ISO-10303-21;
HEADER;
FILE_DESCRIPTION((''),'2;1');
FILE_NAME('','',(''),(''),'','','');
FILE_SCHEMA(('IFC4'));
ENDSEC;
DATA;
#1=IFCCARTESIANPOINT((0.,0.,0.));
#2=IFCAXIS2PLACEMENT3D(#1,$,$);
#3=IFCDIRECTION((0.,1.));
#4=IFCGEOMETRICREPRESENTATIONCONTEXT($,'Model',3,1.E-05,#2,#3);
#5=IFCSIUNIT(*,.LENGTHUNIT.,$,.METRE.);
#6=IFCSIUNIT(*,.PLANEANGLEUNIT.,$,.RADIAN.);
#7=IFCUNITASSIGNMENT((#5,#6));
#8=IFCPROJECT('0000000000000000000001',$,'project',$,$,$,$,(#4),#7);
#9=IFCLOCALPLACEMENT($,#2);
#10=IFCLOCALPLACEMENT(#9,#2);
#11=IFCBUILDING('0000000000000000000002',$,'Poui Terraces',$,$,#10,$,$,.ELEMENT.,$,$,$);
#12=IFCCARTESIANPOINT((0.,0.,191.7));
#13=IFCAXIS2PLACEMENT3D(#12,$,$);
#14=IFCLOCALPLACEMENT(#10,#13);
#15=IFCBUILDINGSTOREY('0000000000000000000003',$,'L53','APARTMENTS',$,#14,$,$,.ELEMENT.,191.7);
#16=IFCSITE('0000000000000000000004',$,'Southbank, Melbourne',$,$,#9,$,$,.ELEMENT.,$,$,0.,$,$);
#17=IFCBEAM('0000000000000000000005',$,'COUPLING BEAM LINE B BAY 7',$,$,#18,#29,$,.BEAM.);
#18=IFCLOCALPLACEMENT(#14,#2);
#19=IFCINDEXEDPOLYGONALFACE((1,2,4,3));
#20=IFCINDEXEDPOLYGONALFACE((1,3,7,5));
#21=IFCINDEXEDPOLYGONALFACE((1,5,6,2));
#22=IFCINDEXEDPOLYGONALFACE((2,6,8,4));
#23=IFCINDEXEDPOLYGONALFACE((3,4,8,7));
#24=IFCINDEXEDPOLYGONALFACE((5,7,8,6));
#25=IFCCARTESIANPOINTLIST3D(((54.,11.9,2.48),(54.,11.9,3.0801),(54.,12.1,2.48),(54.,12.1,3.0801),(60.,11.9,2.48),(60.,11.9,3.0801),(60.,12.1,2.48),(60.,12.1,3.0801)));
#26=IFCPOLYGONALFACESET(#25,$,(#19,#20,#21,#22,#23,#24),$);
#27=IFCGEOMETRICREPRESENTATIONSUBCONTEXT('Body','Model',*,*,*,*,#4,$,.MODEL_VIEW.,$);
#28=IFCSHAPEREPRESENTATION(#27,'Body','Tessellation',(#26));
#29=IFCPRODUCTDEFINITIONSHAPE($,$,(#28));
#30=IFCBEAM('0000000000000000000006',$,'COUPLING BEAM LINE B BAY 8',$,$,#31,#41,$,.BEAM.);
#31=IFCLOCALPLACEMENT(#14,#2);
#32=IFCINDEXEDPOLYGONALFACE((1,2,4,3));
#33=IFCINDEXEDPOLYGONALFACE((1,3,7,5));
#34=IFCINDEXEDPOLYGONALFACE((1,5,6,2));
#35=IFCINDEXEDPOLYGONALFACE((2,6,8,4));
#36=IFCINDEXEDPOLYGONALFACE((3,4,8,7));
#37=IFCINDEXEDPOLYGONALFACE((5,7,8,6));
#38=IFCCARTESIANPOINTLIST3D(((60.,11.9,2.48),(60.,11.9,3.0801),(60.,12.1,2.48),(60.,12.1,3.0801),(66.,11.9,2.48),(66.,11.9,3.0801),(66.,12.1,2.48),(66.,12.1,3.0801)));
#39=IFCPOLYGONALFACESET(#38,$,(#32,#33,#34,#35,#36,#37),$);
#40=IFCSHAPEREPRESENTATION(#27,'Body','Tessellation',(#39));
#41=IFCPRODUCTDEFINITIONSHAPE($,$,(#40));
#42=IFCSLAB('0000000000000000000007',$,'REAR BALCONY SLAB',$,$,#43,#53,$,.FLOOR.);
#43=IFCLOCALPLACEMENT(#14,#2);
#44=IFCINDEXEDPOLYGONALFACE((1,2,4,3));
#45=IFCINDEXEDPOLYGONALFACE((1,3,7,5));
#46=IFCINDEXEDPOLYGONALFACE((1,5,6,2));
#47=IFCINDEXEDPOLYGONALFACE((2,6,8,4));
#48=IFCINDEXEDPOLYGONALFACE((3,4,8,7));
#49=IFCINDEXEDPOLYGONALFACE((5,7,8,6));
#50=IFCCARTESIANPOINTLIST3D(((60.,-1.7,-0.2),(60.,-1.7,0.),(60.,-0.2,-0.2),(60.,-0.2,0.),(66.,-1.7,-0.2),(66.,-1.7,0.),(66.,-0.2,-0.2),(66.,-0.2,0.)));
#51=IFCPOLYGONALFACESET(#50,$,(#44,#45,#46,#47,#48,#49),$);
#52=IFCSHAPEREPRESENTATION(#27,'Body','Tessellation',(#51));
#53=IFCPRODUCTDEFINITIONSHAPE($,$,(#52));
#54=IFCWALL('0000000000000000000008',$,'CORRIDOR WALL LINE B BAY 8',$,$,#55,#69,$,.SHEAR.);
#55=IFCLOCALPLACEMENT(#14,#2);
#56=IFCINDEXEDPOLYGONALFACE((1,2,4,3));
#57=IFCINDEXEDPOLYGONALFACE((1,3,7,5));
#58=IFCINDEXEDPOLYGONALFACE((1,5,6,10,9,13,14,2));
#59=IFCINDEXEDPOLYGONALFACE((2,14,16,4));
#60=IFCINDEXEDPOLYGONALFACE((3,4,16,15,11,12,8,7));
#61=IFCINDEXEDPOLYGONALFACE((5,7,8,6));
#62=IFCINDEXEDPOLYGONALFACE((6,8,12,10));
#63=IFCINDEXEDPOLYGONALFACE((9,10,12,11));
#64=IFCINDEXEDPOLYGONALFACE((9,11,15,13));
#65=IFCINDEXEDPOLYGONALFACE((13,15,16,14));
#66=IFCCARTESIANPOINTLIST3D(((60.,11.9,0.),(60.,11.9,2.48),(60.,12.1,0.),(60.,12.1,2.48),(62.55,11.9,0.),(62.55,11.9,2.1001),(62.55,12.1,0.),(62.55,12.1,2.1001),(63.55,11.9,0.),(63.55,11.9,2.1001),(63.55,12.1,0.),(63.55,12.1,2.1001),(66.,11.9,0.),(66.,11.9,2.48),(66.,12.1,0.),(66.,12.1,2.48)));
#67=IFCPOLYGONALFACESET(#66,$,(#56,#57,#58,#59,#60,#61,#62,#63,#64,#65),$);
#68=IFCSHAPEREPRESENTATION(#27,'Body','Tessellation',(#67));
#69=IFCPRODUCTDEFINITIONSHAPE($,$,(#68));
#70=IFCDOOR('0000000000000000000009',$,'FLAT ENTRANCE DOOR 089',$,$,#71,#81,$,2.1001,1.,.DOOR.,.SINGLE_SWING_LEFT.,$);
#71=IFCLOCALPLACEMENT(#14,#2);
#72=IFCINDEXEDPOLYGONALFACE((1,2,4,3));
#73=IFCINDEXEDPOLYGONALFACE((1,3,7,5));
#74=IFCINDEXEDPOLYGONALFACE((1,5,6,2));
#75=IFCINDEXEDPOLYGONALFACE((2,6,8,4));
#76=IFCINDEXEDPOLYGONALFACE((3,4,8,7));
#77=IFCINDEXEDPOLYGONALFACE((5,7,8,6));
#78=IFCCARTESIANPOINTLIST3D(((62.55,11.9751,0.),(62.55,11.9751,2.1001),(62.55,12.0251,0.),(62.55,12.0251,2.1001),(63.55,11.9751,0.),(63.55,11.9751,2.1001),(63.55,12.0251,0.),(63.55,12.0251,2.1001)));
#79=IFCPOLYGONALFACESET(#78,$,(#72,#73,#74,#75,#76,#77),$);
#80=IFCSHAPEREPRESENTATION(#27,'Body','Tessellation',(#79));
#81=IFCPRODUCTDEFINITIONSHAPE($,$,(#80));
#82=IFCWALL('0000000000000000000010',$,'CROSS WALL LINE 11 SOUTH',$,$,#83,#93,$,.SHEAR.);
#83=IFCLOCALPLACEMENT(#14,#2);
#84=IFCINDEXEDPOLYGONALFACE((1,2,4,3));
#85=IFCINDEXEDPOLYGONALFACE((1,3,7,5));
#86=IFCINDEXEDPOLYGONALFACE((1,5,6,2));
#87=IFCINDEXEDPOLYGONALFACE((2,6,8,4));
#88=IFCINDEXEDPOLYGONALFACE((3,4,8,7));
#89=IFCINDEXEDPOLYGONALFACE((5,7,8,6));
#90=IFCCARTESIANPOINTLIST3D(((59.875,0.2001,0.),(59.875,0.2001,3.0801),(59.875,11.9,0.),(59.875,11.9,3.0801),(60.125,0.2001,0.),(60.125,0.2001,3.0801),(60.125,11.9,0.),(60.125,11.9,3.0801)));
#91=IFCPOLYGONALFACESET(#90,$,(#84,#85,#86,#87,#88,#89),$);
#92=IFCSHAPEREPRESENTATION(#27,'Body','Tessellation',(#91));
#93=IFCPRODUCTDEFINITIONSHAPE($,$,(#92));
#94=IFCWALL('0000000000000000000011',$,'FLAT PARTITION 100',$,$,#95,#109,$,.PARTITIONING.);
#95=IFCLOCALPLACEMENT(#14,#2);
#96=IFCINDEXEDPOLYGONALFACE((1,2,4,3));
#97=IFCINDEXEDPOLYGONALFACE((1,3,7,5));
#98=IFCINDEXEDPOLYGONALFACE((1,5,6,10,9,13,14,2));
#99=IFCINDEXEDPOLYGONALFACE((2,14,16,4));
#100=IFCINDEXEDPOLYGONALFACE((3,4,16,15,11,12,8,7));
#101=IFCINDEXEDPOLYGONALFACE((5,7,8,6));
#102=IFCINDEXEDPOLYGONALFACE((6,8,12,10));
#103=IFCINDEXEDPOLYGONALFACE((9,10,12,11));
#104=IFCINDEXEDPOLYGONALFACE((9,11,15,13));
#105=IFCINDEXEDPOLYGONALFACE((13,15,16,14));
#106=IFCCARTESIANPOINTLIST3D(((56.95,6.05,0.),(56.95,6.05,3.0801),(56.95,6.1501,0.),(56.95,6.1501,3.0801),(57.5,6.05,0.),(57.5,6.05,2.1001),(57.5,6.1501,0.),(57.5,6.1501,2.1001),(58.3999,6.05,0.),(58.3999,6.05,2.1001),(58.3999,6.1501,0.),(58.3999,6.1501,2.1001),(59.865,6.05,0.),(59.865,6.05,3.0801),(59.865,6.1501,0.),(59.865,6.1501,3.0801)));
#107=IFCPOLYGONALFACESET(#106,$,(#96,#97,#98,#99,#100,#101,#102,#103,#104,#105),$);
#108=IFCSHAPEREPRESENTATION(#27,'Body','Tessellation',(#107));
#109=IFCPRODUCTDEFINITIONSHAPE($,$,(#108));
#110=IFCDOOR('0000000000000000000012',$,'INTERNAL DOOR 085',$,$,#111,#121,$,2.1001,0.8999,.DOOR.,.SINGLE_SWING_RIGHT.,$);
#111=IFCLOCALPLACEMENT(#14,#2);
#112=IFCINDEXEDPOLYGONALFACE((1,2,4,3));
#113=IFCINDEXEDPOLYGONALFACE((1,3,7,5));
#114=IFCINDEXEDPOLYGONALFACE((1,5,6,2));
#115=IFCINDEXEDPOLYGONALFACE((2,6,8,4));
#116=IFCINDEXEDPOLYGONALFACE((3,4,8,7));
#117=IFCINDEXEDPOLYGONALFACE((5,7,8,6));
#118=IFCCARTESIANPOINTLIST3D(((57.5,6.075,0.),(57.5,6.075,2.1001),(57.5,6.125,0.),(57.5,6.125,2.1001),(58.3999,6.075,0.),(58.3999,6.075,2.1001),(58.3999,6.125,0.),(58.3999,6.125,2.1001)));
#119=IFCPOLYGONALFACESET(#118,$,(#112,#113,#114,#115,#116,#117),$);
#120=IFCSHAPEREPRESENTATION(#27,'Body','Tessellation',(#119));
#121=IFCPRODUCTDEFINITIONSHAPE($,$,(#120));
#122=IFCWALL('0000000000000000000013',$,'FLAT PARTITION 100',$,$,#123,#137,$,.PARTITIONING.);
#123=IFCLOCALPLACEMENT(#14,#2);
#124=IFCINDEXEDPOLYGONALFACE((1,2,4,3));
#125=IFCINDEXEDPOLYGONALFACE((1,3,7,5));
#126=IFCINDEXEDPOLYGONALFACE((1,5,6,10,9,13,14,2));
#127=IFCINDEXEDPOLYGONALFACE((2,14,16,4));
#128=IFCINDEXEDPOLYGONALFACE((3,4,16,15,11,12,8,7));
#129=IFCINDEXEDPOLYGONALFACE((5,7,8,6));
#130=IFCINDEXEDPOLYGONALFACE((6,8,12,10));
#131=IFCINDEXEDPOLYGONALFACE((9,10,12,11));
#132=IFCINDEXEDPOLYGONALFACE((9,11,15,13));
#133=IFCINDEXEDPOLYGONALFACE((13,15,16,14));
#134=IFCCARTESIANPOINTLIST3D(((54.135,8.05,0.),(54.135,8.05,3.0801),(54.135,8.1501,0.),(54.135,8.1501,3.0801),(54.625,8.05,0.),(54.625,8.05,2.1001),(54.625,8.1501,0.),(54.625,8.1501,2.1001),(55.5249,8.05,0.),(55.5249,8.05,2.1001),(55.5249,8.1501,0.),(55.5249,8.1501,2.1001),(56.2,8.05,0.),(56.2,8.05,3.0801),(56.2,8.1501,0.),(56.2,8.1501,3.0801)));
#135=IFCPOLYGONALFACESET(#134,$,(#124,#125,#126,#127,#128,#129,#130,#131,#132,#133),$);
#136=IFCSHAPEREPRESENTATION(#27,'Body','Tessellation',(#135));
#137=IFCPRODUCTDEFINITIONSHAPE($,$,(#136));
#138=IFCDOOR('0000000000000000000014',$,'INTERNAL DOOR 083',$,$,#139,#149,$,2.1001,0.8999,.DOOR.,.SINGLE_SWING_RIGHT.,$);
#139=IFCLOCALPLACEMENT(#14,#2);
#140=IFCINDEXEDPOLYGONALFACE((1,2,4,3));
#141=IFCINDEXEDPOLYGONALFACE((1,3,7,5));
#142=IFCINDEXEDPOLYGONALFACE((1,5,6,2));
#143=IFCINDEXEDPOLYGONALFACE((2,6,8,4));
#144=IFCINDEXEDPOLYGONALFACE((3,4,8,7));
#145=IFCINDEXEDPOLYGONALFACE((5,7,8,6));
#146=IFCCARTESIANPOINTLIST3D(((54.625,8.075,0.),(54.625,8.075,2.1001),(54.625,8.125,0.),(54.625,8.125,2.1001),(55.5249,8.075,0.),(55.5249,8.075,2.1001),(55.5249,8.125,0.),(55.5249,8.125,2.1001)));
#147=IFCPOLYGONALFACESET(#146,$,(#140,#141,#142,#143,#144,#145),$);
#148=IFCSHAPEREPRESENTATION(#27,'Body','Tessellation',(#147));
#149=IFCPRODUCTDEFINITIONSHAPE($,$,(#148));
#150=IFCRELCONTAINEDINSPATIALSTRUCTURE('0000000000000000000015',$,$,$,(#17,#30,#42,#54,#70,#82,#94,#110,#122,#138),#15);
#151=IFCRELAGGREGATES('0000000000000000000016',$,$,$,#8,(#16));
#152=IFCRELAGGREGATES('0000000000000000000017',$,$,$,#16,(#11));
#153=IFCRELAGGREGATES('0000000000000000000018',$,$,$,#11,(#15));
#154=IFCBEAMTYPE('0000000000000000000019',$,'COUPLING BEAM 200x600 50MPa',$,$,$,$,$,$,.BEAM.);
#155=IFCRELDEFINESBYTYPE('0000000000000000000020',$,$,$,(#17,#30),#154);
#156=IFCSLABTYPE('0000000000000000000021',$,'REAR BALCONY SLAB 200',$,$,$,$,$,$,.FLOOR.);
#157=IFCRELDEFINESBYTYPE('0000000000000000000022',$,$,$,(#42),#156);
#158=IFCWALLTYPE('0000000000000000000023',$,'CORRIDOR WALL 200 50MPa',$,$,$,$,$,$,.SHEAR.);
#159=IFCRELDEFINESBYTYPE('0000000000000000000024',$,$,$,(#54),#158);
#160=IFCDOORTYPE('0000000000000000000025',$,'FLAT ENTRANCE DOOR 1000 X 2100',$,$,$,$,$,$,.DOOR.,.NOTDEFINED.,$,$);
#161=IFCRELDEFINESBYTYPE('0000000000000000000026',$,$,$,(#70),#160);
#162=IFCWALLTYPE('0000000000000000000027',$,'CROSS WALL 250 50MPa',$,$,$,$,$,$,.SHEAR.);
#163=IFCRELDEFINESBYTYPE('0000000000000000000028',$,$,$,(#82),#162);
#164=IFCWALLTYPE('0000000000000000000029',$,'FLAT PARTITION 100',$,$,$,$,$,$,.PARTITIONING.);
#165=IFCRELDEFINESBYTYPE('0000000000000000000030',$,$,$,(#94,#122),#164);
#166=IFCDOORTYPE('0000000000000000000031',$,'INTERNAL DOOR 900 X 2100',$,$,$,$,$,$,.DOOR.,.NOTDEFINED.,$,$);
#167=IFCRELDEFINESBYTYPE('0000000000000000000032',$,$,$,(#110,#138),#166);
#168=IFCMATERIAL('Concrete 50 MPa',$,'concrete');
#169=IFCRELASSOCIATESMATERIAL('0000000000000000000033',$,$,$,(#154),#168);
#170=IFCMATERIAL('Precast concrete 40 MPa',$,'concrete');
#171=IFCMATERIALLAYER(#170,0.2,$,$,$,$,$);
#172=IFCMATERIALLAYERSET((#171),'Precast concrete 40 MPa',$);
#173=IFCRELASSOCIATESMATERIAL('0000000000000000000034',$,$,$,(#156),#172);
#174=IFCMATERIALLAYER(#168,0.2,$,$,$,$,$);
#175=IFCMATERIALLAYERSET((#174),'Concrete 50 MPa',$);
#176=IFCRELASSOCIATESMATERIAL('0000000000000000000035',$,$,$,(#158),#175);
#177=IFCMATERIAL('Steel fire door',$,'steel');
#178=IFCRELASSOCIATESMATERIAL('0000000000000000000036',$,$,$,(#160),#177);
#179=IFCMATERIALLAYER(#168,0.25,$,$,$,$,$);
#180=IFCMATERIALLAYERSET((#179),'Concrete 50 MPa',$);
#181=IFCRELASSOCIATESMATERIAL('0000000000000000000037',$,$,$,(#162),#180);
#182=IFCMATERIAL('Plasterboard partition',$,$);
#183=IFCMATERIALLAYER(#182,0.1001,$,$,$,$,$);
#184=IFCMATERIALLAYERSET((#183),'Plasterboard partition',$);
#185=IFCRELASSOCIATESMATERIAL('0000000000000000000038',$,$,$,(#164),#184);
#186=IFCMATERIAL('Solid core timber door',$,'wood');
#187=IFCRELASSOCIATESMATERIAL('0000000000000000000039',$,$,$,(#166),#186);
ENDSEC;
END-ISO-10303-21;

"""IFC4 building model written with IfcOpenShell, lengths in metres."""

from ifc_helpers import new_model, si_unit, direction, frame, frame_2d, origin, origin_2d, place, context, subcontext, project, spatial, polyline, rectangle, outline, extrude, source, transform, mapped, material, layer, layer_set, material_profile, profile_set, type_object, element, fill, save


model = new_model("IFC4")

# Units and contexts
model_context = context("Model", 3, precision=1e-05, world=origin(), true_north=direction((0.0, 1.0)))
body_context = subcontext(model_context, "Body", "Model", "MODEL_VIEW")
ifc_project = project(units=[si_unit("LENGTHUNIT", "METRE"), si_unit("PLANEANGLEUNIT", "RADIAN")], contexts=[model_context])

# Site, building, storey
site_placement = place(None, origin())
site = spatial("IfcSite", under=ifc_project, at=site_placement, Name="Southbank, Melbourne", CompositionType="ELEMENT", RefElevation=0.0)
building_placement = place(site_placement, origin())
building = spatial("IfcBuilding", under=site, at=building_placement, Name="Poui Terraces", CompositionType="ELEMENT")
storey_placement = place(building_placement, frame((0.0, 0.0, 191.7)))
storey = spatial("IfcBuildingStorey", under=building, at=storey_placement, Name="L53", Description="APARTMENTS", CompositionType="ELEMENT", Elevation=191.7)

# Beams
ifc_material_1 = material(Name="Concrete 50 MPa", Category="concrete")
ifc_material_profile_1 = material_profile(ifc_material_1, rectangle(XDim=0.2, YDim=0.6001, at=origin_2d()), Name="RC 200x600")
ifc_profile_set_1 = profile_set([ifc_material_profile_1], Name="Concrete 50 MPa")
beam_type = type_object("IfcBeamType", Name="COUPLING BEAM 200x600 50MPa", PredefinedType="BEAM", material=ifc_profile_set_1)
shared_shape_1 = source(origin(), body_context, "Body", "SweptSolid", [
    extrude(rectangle(XDim=0.2, YDim=0.6001, at=origin_2d()), origin(), (0.0, 0.0, 1.0), 6.0),
])
for number, where, z_axis, x_axis, name in (
    (1, (54.0, 12.0, 2.78), (1.0, 0.0, 0.0), (0.0, 1.0, 0.0), "COUPLING BEAM LINE B BAY 7"),
    (2, (60.0, 12.0, 2.78), (1.0, 0.0, 0.0), (0.0, 1.0, 0.0), "COUPLING BEAM LINE B BAY 8"),
):
    element("IfcBeam", number, at=place(storey_placement, frame(where, z_axis=z_axis, x_axis=x_axis)), inside=storey, type_object=beam_type, Name=name, PredefinedType="BEAM", context=body_context, shape_type="MappedRepresentation", body=[
        mapped(shared_shape_1, transform((0.0, 0.0, 0.0))),
    ])

# Slab
ifc_material_2 = material(Name="Precast concrete 40 MPa", Category="concrete")
ifc_layer_1 = layer(ifc_material_2, 0.2)
ifc_layer_set_1 = layer_set([ifc_layer_1], Name="Precast concrete 40 MPa")
slab_type = type_object("IfcSlabType", Name="REAR BALCONY SLAB 200", PredefinedType="FLOOR", material=ifc_layer_set_1)
shared_shape_2 = source(origin(), body_context, "Body", "SweptSolid", [
    extrude(outline(polyline([(0.0, 0.0), (6.0, 0.0), (6.0, 1.5), (0.0, 1.5), (0.0, 0.0)])), origin(), (0.0, 0.0, 1.0), 0.2),
])
slab_placement = place(storey_placement, frame((60.0, -1.7, -0.2)))
element("IfcSlab", 3, at=slab_placement, inside=storey, type_object=slab_type, Name="REAR BALCONY SLAB", PredefinedType="FLOOR", context=body_context, shape_type="MappedRepresentation", body=[
    mapped(shared_shape_2, transform((0.0, 0.0, 0.0))),
])

# Wall, opening, door
ifc_layer_2 = layer(ifc_material_1, 0.2)
ifc_layer_set_2 = layer_set([ifc_layer_2], Name="Concrete 50 MPa")
wall_type_1 = type_object("IfcWallType", Name="CORRIDOR WALL 200 50MPa", PredefinedType="SHEAR", material=ifc_layer_set_2)
wall_1_placement = place(storey_placement, frame((60.0, 12.0, 0.0), z_axis=(0.0, 0.0, 1.0), x_axis=(1.0, 0.0, 0.0)))
wall_1 = element("IfcWall", 4, at=wall_1_placement, inside=storey, type_object=wall_type_1, Name="CORRIDOR WALL LINE B BAY 8", PredefinedType="SHEAR", context=body_context, shape_type="SweptSolid", body=[
    extrude(rectangle(XDim=6.0, YDim=0.2, at=frame_2d((3.0, 0.0))), origin(), (0.0, 0.0, 1.0), 2.48),
])
opening_1_placement = place(wall_1_placement, frame((2.55, 0.0, 0.0)))
opening_1 = element("IfcOpeningElement", 5, at=opening_1_placement, cuts=wall_1, PredefinedType="OPENING", context=body_context, shape_type="SweptSolid", body=[
    extrude(rectangle(XDim=1.0, YDim=2.1001, at=frame_2d((0.5, 1.05))), frame((0.0, 0.1099, 0.0), z_axis=(0.0, -1.0, 0.0), x_axis=(1.0, 0.0, 0.0)), (0.0, 0.0, 1.0), 0.22),
])
ifc_material_3 = material(Name="Steel fire door", Category="steel")
door_type_1 = type_object("IfcDoorType", Name="FLAT ENTRANCE DOOR 1000 X 2100", OperationType="NOTDEFINED", PredefinedType="DOOR", material=ifc_material_3)
door_1_placement = place(opening_1_placement, frame((1.0, 0.0, 0.0), z_axis=(0.0, 0.0, 1.0), x_axis=(-1.0, 0.0, 0.0)))
door_1 = element("IfcDoor", 6, at=door_1_placement, inside=storey, type_object=door_type_1, Name="FLAT ENTRANCE DOOR 089", OperationType="SINGLE_SWING_LEFT", OverallHeight=2.1001, OverallWidth=1.0, PredefinedType="DOOR", context=body_context, shape_type="SweptSolid", body=[
    extrude(rectangle(XDim=1.0, YDim=2.1001, at=frame_2d((0.5, 1.05))), frame((0.0, 0.0249, 0.0), z_axis=(0.0, -1.0, 0.0), x_axis=(1.0, 0.0, 0.0)), (0.0, 0.0, 1.0), 0.05),
])
fill(opening_1, door_1)

# Wall
ifc_layer_3 = layer(ifc_material_1, 0.25)
ifc_layer_set_3 = layer_set([ifc_layer_3], Name="Concrete 50 MPa")
wall_type_2 = type_object("IfcWallType", Name="CROSS WALL 250 50MPa", PredefinedType="SHEAR", material=ifc_layer_set_3)
wall_2_placement = place(storey_placement, frame((60.0, 0.2, 0.0), z_axis=(0.0, 0.0, 1.0), x_axis=(0.0, 1.0, 0.0)))
element("IfcWall", 7, at=wall_2_placement, inside=storey, type_object=wall_type_2, Name="CROSS WALL LINE 11 SOUTH", PredefinedType="SHEAR", context=body_context, shape_type="SweptSolid", body=[
    extrude(rectangle(XDim=11.7, YDim=0.25, at=frame_2d((5.8501, 0.0))), origin(), (0.0, 0.0, 1.0), 3.0801),
])

# Walls, openings, doors
ifc_material_4 = material(Name="Plasterboard partition")
ifc_layer_4 = layer(ifc_material_4, 0.1001)
ifc_layer_set_4 = layer_set([ifc_layer_4], Name="Plasterboard partition")
wall_type_3 = type_object("IfcWallType", Name="FLAT PARTITION 100", PredefinedType="PARTITIONING", material=ifc_layer_set_4)
wall_3_placement = place(storey_placement, frame((56.95, 6.1001, 0.0), z_axis=(0.0, 0.0, 1.0), x_axis=(1.0, 0.0, 0.0)))
wall_3 = element("IfcWall", 8, at=wall_3_placement, inside=storey, type_object=wall_type_3, Name="FLAT PARTITION 100", PredefinedType="PARTITIONING", context=body_context, shape_type="SweptSolid", body=[
    extrude(rectangle(XDim=2.915, YDim=0.1001, at=frame_2d((1.4575, 0.0))), origin(), (0.0, 0.0, 1.0), 3.0801),
])
opening_2_placement = place(wall_3_placement, frame((0.55, 0.0, 0.0)))
opening_2 = element("IfcOpeningElement", 9, at=opening_2_placement, cuts=wall_3, PredefinedType="OPENING", context=body_context, shape_type="SweptSolid", body=[
    extrude(rectangle(XDim=0.8999, YDim=2.1001, at=frame_2d((0.45, 1.05))), frame((0.0, 0.0601, 0.0), z_axis=(0.0, -1.0, 0.0), x_axis=(1.0, 0.0, 0.0)), (0.0, 0.0, 1.0), 0.1201),
])
ifc_material_5 = material(Name="Solid core timber door", Category="wood")
door_type_2 = type_object("IfcDoorType", Name="INTERNAL DOOR 900 X 2100", OperationType="NOTDEFINED", PredefinedType="DOOR", material=ifc_material_5)
door_2_placement = place(opening_2_placement, origin())
door_2 = element("IfcDoor", 10, at=door_2_placement, inside=storey, type_object=door_type_2, Name="INTERNAL DOOR 085", OperationType="SINGLE_SWING_RIGHT", OverallHeight=2.1001, OverallWidth=0.8999, PredefinedType="DOOR", context=body_context, shape_type="SweptSolid", body=[
    extrude(rectangle(XDim=0.8999, YDim=2.1001, at=frame_2d((0.45, 1.05))), frame((0.0, 0.0249, 0.0), z_axis=(0.0, -1.0, 0.0), x_axis=(1.0, 0.0, 0.0)), (0.0, 0.0, 1.0), 0.05),
])
fill(opening_2, door_2)
wall_4_placement = place(storey_placement, frame((54.135, 8.1001, 0.0), z_axis=(0.0, 0.0, 1.0), x_axis=(1.0, 0.0, 0.0)))
wall_4 = element("IfcWall", 11, at=wall_4_placement, inside=storey, type_object=wall_type_3, Name="FLAT PARTITION 100", PredefinedType="PARTITIONING", context=body_context, shape_type="SweptSolid", body=[
    extrude(rectangle(XDim=2.0649, YDim=0.1001, at=frame_2d((1.0325, 0.0))), origin(), (0.0, 0.0, 1.0), 3.0801),
])
opening_3_placement = place(wall_4_placement, frame((0.49, 0.0, 0.0)))
opening_3 = element("IfcOpeningElement", 12, at=opening_3_placement, cuts=wall_4, PredefinedType="OPENING", context=body_context, shape_type="SweptSolid", body=[
    extrude(rectangle(XDim=0.8999, YDim=2.1001, at=frame_2d((0.45, 1.05))), frame((0.0, 0.0601, 0.0), z_axis=(0.0, -1.0, 0.0), x_axis=(1.0, 0.0, 0.0)), (0.0, 0.0, 1.0), 0.1201),
])
door_3_placement = place(opening_3_placement, origin())
door_3 = element("IfcDoor", 13, at=door_3_placement, inside=storey, type_object=door_type_2, Name="INTERNAL DOOR 083", OperationType="SINGLE_SWING_RIGHT", OverallHeight=2.1001, OverallWidth=0.8999, PredefinedType="DOOR", context=body_context, shape_type="SweptSolid", body=[
    extrude(rectangle(XDim=0.8999, YDim=2.1001, at=frame_2d((0.45, 1.05))), frame((0.0, 0.0249, 0.0), z_axis=(0.0, -1.0, 0.0), x_axis=(1.0, 0.0, 0.0)), (0.0, 0.0, 1.0), 0.05),
])
fill(opening_3, door_3)

save(model, "model.ifc")
